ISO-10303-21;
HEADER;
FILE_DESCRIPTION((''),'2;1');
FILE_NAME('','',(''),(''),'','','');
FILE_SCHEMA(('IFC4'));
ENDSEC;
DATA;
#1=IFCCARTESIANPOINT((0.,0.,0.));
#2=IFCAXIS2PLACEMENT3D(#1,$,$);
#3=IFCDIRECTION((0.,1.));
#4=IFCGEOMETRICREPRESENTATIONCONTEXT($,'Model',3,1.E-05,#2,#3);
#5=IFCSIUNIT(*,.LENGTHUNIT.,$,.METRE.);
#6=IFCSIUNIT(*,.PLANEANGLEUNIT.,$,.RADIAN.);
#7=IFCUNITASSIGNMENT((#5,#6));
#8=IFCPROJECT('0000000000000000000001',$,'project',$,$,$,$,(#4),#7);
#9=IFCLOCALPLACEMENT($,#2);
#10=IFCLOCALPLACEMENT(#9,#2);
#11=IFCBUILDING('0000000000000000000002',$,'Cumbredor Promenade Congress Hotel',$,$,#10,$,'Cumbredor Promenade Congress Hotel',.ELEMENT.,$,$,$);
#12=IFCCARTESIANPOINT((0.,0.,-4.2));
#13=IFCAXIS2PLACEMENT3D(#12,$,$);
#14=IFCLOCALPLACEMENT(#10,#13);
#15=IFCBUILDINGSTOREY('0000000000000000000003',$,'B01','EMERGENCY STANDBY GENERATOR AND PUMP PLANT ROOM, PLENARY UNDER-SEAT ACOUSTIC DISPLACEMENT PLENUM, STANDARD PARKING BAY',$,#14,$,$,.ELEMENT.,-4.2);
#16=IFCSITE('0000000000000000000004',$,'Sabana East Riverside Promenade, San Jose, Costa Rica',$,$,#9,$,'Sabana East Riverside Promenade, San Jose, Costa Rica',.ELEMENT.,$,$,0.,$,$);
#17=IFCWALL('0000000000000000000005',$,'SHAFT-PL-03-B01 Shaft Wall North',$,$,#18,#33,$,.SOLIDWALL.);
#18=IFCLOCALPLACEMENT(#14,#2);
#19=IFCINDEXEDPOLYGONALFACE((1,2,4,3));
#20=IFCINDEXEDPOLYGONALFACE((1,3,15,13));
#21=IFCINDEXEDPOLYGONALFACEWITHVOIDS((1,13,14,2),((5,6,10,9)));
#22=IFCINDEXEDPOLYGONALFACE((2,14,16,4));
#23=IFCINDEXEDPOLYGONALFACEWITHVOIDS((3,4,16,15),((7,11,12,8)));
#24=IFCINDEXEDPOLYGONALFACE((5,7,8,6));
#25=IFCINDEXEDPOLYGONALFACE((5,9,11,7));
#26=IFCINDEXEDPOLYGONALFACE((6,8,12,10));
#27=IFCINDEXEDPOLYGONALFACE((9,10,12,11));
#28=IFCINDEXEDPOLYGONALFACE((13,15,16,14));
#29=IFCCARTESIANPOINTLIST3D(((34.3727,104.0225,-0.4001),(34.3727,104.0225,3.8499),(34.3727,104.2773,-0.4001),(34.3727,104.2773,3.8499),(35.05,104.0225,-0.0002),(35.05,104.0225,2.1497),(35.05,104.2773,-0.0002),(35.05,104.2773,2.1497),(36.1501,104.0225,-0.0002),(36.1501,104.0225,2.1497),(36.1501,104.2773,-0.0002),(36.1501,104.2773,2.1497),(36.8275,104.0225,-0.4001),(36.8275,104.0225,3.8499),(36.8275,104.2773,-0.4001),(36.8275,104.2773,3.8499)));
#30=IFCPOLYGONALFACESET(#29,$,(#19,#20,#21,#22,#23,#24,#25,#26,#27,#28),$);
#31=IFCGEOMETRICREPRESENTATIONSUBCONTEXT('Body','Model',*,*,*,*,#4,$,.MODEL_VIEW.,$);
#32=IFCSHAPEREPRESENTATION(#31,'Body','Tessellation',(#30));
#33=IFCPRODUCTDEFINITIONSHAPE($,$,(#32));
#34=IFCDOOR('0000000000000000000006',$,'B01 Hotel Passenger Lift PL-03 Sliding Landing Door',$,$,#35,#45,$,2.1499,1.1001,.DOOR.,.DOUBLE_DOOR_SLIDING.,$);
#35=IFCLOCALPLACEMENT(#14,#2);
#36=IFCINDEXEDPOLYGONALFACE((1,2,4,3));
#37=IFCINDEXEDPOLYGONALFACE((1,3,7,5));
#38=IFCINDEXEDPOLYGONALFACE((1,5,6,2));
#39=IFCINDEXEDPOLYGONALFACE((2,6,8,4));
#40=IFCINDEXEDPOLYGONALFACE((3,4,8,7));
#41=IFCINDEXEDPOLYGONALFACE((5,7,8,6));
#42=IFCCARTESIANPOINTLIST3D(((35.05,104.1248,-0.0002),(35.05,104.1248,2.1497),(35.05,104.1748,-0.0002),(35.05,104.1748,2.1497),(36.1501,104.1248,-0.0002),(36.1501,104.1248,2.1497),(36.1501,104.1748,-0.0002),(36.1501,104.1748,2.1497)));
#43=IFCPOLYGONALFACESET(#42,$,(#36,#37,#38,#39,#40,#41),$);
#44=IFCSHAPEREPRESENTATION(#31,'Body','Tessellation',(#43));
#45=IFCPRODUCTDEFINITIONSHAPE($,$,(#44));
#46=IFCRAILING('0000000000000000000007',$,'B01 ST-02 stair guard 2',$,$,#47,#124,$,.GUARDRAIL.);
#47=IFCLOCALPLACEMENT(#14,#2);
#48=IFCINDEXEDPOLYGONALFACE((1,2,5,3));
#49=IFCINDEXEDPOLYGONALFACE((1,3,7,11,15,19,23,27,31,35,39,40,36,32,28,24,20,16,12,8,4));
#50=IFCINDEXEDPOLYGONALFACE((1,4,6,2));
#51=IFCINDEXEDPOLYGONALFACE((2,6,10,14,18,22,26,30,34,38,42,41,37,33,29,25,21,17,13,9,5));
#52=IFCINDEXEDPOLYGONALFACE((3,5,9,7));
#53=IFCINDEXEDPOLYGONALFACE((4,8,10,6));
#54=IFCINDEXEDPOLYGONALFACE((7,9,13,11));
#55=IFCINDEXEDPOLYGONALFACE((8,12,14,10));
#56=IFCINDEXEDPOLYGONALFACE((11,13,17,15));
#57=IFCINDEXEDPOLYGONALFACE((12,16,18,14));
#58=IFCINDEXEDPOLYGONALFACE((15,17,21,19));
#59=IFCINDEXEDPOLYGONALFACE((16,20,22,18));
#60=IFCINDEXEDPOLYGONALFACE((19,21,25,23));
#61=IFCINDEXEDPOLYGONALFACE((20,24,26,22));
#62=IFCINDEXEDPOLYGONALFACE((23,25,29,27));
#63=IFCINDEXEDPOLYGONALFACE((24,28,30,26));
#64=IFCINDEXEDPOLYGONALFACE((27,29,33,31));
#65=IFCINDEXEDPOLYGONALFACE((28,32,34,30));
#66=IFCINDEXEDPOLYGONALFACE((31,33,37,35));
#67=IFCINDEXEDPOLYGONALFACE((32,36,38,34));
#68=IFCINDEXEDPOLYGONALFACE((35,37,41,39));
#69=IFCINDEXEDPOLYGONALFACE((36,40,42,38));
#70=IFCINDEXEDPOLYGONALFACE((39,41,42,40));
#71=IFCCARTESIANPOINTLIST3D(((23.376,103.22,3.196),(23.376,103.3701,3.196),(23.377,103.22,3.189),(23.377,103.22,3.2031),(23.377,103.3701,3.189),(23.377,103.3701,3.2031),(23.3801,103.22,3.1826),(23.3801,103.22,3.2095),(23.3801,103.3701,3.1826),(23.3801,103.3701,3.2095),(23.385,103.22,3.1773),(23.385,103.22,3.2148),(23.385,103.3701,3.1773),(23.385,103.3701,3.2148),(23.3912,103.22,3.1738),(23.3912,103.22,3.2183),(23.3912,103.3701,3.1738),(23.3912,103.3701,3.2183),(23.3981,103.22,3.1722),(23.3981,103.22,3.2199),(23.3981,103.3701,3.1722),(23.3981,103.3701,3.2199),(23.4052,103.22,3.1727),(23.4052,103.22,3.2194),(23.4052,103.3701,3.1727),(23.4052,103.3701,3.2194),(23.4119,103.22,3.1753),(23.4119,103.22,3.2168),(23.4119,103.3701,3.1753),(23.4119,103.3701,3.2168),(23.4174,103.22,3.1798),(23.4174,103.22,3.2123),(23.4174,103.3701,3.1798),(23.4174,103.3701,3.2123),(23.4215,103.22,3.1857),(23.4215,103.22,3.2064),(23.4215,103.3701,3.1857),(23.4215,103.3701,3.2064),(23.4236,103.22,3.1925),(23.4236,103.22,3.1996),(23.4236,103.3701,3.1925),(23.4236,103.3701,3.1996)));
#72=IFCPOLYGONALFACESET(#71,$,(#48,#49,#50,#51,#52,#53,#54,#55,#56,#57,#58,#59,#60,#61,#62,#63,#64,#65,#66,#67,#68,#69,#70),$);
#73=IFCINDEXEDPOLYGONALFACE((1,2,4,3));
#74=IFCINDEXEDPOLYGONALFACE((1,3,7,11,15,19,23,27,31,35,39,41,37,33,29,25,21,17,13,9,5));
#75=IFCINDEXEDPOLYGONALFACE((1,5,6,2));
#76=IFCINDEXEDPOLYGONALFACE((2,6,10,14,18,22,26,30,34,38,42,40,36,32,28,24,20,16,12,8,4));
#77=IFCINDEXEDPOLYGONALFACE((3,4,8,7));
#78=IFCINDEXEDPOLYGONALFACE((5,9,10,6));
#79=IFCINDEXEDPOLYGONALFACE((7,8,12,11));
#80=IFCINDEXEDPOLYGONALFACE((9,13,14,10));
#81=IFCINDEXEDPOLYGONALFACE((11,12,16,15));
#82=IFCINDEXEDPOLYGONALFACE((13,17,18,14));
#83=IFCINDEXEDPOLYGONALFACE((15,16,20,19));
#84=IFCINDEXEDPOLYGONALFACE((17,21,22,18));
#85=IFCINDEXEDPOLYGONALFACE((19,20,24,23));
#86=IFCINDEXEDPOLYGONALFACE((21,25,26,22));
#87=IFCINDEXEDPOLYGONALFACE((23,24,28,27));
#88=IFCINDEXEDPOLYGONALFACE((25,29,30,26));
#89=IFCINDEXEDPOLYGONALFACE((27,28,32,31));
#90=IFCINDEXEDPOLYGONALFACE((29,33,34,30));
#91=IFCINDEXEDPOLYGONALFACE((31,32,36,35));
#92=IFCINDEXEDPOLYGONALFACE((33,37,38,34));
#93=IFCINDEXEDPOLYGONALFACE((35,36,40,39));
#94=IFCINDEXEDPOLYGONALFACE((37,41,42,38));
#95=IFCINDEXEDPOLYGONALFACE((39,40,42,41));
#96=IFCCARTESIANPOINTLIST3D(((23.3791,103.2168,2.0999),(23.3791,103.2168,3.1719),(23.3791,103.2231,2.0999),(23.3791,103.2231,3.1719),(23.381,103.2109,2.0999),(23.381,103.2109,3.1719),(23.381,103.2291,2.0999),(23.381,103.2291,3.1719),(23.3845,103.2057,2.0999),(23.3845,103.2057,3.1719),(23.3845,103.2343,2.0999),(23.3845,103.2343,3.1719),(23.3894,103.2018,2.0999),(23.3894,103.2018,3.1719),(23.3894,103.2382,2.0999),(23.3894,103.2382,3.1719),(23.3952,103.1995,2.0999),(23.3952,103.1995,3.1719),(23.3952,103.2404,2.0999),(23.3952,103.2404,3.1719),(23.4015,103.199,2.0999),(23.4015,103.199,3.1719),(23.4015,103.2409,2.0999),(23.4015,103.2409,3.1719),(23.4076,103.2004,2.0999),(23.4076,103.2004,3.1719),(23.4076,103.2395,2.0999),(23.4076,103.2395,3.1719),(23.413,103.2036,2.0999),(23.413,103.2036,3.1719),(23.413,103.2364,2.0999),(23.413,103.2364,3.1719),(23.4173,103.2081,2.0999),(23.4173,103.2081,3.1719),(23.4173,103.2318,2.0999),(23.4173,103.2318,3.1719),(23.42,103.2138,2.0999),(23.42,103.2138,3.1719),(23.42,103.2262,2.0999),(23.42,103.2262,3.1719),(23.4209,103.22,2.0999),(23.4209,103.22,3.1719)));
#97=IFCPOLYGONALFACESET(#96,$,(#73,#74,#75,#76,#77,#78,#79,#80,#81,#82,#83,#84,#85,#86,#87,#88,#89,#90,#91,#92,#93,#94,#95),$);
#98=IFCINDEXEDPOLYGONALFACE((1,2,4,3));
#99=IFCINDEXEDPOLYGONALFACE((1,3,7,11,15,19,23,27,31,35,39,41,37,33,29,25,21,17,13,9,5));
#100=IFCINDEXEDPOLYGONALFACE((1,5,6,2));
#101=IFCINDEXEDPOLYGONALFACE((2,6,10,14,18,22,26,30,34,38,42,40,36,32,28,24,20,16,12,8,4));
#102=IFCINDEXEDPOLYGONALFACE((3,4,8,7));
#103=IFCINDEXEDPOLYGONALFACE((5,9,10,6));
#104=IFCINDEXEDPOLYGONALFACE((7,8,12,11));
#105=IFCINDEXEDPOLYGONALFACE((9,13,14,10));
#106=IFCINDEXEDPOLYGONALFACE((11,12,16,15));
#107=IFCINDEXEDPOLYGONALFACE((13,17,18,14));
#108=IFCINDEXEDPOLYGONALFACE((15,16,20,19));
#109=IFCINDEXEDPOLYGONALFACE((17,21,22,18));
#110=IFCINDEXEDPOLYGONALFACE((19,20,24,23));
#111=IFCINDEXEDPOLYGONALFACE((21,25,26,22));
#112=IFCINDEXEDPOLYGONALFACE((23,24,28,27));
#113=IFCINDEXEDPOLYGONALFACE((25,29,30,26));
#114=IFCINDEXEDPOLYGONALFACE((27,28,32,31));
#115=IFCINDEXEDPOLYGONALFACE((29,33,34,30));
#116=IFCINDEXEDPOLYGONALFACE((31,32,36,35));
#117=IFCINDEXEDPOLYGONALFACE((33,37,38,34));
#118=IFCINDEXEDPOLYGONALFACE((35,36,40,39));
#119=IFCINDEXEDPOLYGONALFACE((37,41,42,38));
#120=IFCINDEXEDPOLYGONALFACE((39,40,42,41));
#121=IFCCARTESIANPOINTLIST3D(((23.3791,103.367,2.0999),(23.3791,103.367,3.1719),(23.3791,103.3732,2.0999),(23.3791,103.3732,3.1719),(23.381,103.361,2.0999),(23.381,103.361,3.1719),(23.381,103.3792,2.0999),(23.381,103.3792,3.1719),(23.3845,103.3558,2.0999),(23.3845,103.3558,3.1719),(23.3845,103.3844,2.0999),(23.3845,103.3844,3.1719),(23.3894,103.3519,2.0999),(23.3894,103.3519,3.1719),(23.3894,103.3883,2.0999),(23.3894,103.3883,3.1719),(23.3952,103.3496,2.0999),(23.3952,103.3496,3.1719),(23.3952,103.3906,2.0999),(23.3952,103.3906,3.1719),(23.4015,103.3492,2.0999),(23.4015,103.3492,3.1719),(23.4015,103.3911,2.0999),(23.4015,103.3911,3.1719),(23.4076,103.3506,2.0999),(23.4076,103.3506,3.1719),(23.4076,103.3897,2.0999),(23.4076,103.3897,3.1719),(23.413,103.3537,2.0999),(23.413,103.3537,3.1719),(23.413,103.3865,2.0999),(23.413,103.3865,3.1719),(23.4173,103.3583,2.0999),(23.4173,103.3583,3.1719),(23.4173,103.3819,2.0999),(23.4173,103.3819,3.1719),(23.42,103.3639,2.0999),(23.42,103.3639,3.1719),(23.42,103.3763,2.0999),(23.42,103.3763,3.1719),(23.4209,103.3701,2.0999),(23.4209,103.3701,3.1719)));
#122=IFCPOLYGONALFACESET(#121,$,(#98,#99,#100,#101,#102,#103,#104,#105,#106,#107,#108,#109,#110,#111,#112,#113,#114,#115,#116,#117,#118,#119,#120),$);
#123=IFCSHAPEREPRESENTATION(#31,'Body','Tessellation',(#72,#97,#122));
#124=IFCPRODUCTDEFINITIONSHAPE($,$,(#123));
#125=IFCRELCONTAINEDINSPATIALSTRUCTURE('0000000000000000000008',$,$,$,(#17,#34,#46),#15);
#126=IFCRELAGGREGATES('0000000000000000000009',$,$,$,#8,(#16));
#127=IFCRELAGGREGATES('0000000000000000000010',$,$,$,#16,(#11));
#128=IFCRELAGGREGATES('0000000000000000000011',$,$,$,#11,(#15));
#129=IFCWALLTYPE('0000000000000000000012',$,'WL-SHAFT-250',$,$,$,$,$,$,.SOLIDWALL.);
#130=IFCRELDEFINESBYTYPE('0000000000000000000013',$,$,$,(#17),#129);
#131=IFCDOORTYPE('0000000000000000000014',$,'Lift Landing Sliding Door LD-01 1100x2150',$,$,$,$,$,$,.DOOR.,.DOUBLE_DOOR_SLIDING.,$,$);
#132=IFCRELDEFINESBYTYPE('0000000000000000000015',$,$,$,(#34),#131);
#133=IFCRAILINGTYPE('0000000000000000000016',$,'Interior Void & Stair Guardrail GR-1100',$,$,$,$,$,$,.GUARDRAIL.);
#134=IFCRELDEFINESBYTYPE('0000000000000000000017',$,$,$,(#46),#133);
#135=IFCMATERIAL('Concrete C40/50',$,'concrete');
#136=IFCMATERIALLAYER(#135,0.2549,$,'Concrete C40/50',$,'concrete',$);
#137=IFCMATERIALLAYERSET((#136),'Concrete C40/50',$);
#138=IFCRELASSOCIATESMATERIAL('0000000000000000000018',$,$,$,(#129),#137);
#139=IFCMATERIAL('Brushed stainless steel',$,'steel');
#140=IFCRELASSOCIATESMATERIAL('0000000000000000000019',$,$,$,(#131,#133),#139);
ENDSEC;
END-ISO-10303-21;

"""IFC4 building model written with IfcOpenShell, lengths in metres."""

from ifc_helpers import new_model, si_unit, direction, frame, frame_2d, origin, origin_2d, place, context, subcontext, project, spatial, rectangle, circle, extrude, material, layer, layer_set, type_object, element, fill, save


model = new_model("IFC4")

# Units and contexts
model_context = context("Model", 3, precision=1e-05, world=origin(), true_north=direction((0.0, 1.0)))
body_context = subcontext(model_context, "Body", "Model", "MODEL_VIEW")
ifc_project = project(units=[si_unit("LENGTHUNIT", "METRE"), si_unit("PLANEANGLEUNIT", "RADIAN")], contexts=[model_context])

# Site, building, storey
site_placement = place(None, origin())
site = spatial("IfcSite", under=ifc_project, at=site_placement, Name="Sabana East Riverside Promenade, San Jose, Costa Rica", LongName="Sabana East Riverside Promenade, San Jose, Costa Rica", CompositionType="ELEMENT", RefElevation=0.0)
building_placement = place(site_placement, origin())
building = spatial("IfcBuilding", under=site, at=building_placement, Name="Cumbredor Promenade Congress Hotel", LongName="Cumbredor Promenade Congress Hotel", CompositionType="ELEMENT")
storey_placement = place(building_placement, frame((0.0, 0.0, -4.2)))
storey = spatial("IfcBuildingStorey", under=building, at=storey_placement, Name="B01", Description="EMERGENCY STANDBY GENERATOR AND PUMP PLANT ROOM, PLENARY UNDER-SEAT ACOUSTIC DISPLACEMENT PLENUM, STANDARD PARKING BAY", CompositionType="ELEMENT", Elevation=-4.2)

# Shared definitions
ifc_material_1 = material(Name="Concrete C40/50", Category="concrete")

# Shared definitions
ifc_layer_1 = layer(ifc_material_1, 0.2549, Name="Concrete C40/50", Category="concrete")
ifc_layer_set_1 = layer_set([ifc_layer_1], Name="Concrete C40/50")
wall_type_1 = type_object("IfcWallType", Name="WL-SHAFT-250", PredefinedType="SOLIDWALL", material=ifc_layer_set_1)

# Shared definitions
ifc_material_2 = material(Name="Brushed stainless steel", Category="steel")

# Wall, opening, door
wall_1_placement = place(storey_placement, frame((34.3726, 104.1499, -0.4001), z_axis=(0.0, 0.0, 1.0), x_axis=(1.0, 0.0, 0.0)))
wall_1 = element("IfcWall", 1, at=wall_1_placement, inside=storey, type_object=wall_type_1, Name="SHAFT-PL-03-B01 Shaft Wall North", PredefinedType="SOLIDWALL", context=body_context, shape_type="SweptSolid", body=[
    extrude(rectangle(XDim=2.4548, YDim=0.2549, at=frame_2d((1.2275, 0.0))), origin(), (0.0, 0.0, 1.0), 4.25),
])
opening_1_placement = place(wall_1_placement, frame((0.6775, 0.0, 0.3999)))
opening_1 = element("IfcOpeningElement", 2, at=opening_1_placement, cuts=wall_1, PredefinedType="OPENING", context=body_context, shape_type="SweptSolid", body=[
    extrude(rectangle(XDim=1.1001, YDim=2.1499, at=frame_2d((0.55, 1.075))), frame((0.0, 0.1375, 0.0), z_axis=(0.0, -1.0, 0.0), x_axis=(1.0, 0.0, 0.0)), (0.0, 0.0, 1.0), 0.2749),
])
door_type_1 = type_object("IfcDoorType", Name="Lift Landing Sliding Door LD-01 1100x2150", OperationType="DOUBLE_DOOR_SLIDING", PredefinedType="DOOR", material=ifc_material_2)
door_1_placement = place(opening_1_placement, origin())
door_1 = element("IfcDoor", 3, at=door_1_placement, inside=storey, type_object=door_type_1, Name="B01 Hotel Passenger Lift PL-03 Sliding Landing Door", OperationType="DOUBLE_DOOR_SLIDING", OverallHeight=2.1499, OverallWidth=1.1001, PredefinedType="DOOR", context=body_context, shape_type="SweptSolid", body=[
    extrude(rectangle(XDim=1.1001, YDim=2.1499, at=frame_2d((0.55, 1.075))), frame((0.0, 0.0249, 0.0), z_axis=(0.0, -1.0, 0.0), x_axis=(1.0, 0.0, 0.0)), (0.0, 0.0, 1.0), 0.05),
])
fill(opening_1, door_1)

# Railing
railing_type = type_object("IfcRailingType", Name="Interior Void & Stair Guardrail GR-1100", PredefinedType="GUARDRAIL", material=ifc_material_2)
railing_placement = place(storey_placement, frame((23.3999, 103.22, 2.0999)))
element("IfcRailing", 4, at=railing_placement, inside=storey, type_object=railing_type, Name="B01 ST-02 stair guard 2", PredefinedType="GUARDRAIL", context=body_context, shape_type="SweptSolid", body=[
    extrude(circle(Radius=0.0239, at=origin_2d()), frame((0.0, 0.0, 1.0962), z_axis=(0.0, 1.0, 0.0), x_axis=(-1.0, 0.0, 0.0)), (0.0, 0.0, 1.0), 0.1501),
    extrude(circle(Radius=0.021, at=origin_2d()), origin(), (0.0, 0.0, 1.0), 1.072),
    extrude(circle(Radius=0.021, at=origin_2d()), frame((0.0, 0.1501, 0.0)), (0.0, 0.0, 1.0), 1.072),
])

save(model, "model.ifc")
